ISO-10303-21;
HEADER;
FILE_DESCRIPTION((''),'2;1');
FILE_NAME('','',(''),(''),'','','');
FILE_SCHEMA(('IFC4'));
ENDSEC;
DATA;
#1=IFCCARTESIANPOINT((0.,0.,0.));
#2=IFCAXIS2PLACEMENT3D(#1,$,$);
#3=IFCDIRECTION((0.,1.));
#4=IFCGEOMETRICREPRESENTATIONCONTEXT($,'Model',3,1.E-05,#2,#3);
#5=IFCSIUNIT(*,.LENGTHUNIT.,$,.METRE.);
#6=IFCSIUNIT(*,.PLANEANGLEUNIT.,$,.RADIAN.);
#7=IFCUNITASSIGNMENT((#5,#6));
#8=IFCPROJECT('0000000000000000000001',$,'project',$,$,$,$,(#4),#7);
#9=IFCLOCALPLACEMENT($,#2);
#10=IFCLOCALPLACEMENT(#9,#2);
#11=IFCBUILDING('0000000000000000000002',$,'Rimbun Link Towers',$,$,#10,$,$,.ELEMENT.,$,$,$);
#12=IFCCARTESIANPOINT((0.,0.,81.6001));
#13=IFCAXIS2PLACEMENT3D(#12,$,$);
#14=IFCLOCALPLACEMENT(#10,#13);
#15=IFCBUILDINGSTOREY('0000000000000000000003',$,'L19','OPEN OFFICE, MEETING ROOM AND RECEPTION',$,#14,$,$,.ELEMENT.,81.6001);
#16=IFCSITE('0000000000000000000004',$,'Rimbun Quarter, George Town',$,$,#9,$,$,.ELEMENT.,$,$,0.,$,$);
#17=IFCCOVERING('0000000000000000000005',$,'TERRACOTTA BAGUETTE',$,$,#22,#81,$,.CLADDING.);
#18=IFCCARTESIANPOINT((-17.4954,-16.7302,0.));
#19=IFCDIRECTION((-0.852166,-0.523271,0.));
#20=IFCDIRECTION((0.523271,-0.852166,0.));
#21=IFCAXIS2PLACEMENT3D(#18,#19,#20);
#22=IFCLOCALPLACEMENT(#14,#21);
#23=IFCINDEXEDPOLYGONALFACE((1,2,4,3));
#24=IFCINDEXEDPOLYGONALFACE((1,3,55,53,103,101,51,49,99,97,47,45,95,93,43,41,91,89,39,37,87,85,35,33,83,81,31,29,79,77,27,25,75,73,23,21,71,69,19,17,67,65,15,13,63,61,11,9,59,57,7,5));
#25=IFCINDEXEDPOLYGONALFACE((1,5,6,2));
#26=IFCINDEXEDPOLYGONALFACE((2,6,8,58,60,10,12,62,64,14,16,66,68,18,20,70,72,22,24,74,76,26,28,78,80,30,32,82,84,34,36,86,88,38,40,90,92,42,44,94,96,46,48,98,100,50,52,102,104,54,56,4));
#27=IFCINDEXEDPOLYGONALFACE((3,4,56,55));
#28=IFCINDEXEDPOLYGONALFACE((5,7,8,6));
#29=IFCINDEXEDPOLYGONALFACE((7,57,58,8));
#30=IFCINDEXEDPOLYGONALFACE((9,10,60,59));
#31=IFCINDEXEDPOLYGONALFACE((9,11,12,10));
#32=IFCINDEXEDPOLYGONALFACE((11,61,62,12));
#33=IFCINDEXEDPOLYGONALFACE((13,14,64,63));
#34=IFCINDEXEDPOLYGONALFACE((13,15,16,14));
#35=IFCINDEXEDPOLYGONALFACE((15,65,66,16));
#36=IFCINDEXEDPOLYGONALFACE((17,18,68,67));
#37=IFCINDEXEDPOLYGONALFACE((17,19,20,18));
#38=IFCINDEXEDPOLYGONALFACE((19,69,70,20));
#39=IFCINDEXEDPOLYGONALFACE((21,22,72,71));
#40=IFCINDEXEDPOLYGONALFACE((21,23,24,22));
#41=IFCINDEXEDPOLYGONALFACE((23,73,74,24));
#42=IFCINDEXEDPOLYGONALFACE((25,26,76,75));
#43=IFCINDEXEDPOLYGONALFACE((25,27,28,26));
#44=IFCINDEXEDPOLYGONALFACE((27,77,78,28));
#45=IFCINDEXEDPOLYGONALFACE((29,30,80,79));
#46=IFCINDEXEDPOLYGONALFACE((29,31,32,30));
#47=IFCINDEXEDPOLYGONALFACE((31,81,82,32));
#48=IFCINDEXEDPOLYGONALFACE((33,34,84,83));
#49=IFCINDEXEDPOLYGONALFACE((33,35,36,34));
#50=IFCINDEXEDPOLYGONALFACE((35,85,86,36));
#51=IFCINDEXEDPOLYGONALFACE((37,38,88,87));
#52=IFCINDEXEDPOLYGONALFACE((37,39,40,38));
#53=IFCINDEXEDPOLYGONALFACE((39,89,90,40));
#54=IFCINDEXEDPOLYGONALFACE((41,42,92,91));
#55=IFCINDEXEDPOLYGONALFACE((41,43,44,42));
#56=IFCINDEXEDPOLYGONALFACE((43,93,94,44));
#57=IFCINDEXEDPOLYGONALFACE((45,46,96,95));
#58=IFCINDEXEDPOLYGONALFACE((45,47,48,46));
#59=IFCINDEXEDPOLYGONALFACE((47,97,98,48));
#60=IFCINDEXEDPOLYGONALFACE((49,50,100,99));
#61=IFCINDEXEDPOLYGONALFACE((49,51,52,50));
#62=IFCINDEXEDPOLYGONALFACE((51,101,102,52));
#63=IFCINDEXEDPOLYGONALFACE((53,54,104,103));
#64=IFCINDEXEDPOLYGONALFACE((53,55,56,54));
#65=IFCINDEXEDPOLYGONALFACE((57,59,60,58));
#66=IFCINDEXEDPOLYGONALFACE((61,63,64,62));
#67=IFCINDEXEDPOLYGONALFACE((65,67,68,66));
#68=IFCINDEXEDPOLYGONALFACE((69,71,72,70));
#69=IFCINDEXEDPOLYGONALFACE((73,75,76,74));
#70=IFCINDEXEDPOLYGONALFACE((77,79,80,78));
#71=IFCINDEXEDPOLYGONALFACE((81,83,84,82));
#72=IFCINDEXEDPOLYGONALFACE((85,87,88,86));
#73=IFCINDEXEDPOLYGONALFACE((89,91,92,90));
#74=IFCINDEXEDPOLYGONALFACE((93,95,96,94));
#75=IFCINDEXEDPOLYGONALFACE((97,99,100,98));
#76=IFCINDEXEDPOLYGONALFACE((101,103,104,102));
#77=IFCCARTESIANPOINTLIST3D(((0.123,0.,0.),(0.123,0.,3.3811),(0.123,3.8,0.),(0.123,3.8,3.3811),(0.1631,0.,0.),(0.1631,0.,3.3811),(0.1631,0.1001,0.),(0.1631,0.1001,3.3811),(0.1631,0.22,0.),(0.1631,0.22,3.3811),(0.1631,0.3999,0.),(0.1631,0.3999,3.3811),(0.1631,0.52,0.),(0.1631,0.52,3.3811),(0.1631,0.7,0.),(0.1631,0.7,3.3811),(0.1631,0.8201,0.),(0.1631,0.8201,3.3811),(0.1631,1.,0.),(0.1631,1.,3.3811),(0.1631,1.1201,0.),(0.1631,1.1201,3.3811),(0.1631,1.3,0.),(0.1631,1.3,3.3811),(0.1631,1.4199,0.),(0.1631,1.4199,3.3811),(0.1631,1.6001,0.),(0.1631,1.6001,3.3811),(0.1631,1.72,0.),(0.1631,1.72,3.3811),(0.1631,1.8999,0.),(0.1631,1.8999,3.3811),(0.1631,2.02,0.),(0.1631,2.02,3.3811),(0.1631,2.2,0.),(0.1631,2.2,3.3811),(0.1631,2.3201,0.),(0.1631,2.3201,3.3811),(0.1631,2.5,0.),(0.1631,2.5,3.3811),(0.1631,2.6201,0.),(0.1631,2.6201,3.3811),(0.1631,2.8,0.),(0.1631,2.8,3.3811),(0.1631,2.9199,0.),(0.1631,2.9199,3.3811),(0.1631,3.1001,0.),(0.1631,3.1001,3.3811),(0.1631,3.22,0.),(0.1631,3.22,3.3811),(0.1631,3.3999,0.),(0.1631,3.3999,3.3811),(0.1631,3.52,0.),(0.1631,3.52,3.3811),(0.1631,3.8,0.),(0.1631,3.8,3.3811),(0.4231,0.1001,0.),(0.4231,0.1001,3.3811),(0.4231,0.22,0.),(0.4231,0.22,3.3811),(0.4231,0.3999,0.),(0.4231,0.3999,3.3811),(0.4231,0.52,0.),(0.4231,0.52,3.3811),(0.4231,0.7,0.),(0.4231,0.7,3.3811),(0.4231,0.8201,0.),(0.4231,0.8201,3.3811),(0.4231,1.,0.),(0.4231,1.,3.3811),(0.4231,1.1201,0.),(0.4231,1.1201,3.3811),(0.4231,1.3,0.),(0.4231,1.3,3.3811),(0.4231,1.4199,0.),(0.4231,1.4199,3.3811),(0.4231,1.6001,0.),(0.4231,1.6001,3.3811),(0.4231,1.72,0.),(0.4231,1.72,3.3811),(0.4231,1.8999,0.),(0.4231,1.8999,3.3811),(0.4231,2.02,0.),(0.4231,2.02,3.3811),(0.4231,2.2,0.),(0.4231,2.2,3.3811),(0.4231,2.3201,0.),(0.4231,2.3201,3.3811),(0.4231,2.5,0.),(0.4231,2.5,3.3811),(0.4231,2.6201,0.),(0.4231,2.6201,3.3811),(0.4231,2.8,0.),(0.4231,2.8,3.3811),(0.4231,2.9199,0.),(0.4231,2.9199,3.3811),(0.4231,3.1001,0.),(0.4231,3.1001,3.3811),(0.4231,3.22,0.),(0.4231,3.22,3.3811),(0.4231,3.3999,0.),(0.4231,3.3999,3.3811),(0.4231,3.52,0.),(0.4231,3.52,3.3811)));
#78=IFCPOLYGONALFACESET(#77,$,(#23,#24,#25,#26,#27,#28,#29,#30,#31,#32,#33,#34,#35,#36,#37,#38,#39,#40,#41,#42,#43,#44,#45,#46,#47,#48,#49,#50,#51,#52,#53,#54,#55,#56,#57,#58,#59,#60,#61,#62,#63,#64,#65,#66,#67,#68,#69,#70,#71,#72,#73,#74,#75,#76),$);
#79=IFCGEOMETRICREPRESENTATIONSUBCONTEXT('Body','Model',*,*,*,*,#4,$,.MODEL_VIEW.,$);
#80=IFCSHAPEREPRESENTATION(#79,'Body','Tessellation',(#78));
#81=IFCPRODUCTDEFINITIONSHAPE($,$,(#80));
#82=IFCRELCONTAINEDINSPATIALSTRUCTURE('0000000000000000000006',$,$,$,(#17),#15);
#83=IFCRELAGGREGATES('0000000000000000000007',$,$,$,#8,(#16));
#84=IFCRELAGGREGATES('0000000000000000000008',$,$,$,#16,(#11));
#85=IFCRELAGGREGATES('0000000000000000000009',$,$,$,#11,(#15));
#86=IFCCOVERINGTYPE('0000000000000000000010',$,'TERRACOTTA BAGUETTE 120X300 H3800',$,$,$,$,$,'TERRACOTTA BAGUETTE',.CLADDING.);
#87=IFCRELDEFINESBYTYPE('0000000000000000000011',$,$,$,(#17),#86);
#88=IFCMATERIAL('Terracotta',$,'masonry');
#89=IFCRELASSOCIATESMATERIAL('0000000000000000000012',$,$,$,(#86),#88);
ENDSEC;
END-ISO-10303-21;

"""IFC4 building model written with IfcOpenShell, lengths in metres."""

from ifc_helpers import new_model, si_unit, direction, frame, origin, place, context, subcontext, project, spatial, polyline, outline, extrude, material, material_profile, profile_set, type_object, element, save


model = new_model("IFC4")

# Units and contexts
model_context = context("Model", 3, precision=1e-05, world=origin(), true_north=direction((0.0, 1.0)))
body_context = subcontext(model_context, "Body", "Model", "MODEL_VIEW")
ifc_project = project(units=[si_unit("LENGTHUNIT", "METRE"), si_unit("PLANEANGLEUNIT", "RADIAN")], contexts=[model_context])

# Site, building, storey
site_placement = place(None, origin())
site = spatial("IfcSite", under=ifc_project, at=site_placement, Name="Rimbun Quarter, George Town", CompositionType="ELEMENT", RefElevation=0.0)
building_placement = place(site_placement, origin())
building = spatial("IfcBuilding", under=site, at=building_placement, Name="Rimbun Link Towers", CompositionType="ELEMENT")
storey_placement = place(building_placement, frame((0.0, 0.0, 81.6001)))
storey = spatial("IfcBuildingStorey", under=building, at=storey_placement, Name="L19", Description="OPEN OFFICE, MEETING ROOM AND RECEPTION", CompositionType="ELEMENT", Elevation=81.6001)

# Covering
ifc_material_1 = material(Name="Terracotta", Category="masonry")
ifc_material_profile_1 = material_profile(ifc_material_1, outline(polyline([(0.123, 0.0), (0.1631, 0.0), (0.1631, 0.1001), (0.4231, 0.1001), (0.4231, 0.22), (0.1631, 0.22), (0.1631, 0.3999), (0.4231, 0.3999), (0.4231, 0.52), (0.1631, 0.52), (0.1631, 0.7), (0.4231, 0.7), (0.4231, 0.8201), (0.1631, 0.8201), (0.1631, 1.0), (0.4231, 1.0), (0.4231, 1.1201), (0.1631, 1.1201), (0.1631, 1.3), (0.4231, 1.3), (0.4231, 1.4199), (0.1631, 1.4199), (0.1631, 1.6001), (0.4231, 1.6001), (0.4231, 1.72), (0.1631, 1.72), (0.1631, 1.8999), (0.4231, 1.8999), (0.4231, 2.02), (0.1631, 2.02), (0.1631, 2.2), (0.4231, 2.2), (0.4231, 2.3201), (0.1631, 2.3201), (0.1631, 2.5), (0.4231, 2.5), (0.4231, 2.6201), (0.1631, 2.6201), (0.1631, 2.8), (0.4231, 2.8), (0.4231, 2.9199), (0.1631, 2.9199), (0.1631, 3.1001), (0.4231, 3.1001), (0.4231, 3.22), (0.1631, 3.22), (0.1631, 3.3999), (0.4231, 3.3999), (0.4231, 3.52), (0.1631, 3.52), (0.1631, 3.8), (0.123, 3.8), (0.123, 0.0)])), Name="BAGUETTE 120X300")
ifc_profile_set_1 = profile_set([ifc_material_profile_1], Name="Terracotta")
covering_type = type_object("IfcCoveringType", Name="TERRACOTTA BAGUETTE 120X300 H3800", ElementType="TERRACOTTA BAGUETTE", PredefinedType="CLADDING", material=ifc_profile_set_1)
covering_1_placement = place(storey_placement, frame((-17.4954, -16.7302, 0.0), z_axis=(-0.852166, -0.523271, 0.0), x_axis=(0.523271, -0.852166, 0.0)))
element("IfcCovering", 1, at=covering_1_placement, inside=storey, type_object=covering_type, Name="TERRACOTTA BAGUETTE", PredefinedType="CLADDING", context=body_context, shape_type="SweptSolid", body=[
    extrude(outline(polyline([(0.123, 0.0), (0.1631, 0.0), (0.1631, 0.1001), (0.4231, 0.1001), (0.4231, 0.22), (0.1631, 0.22), (0.1631, 0.3999), (0.4231, 0.3999), (0.4231, 0.52), (0.1631, 0.52), (0.1631, 0.7), (0.4231, 0.7), (0.4231, 0.8201), (0.1631, 0.8201), (0.1631, 1.0), (0.4231, 1.0), (0.4231, 1.1201), (0.1631, 1.1201), (0.1631, 1.3), (0.4231, 1.3), (0.4231, 1.4199), (0.1631, 1.4199), (0.1631, 1.6001), (0.4231, 1.6001), (0.4231, 1.72), (0.1631, 1.72), (0.1631, 1.8999), (0.4231, 1.8999), (0.4231, 2.02), (0.1631, 2.02), (0.1631, 2.2), (0.4231, 2.2), (0.4231, 2.3201), (0.1631, 2.3201), (0.1631, 2.5), (0.4231, 2.5), (0.4231, 2.6201), (0.1631, 2.6201), (0.1631, 2.8), (0.4231, 2.8), (0.4231, 2.9199), (0.1631, 2.9199), (0.1631, 3.1001), (0.4231, 3.1001), (0.4231, 3.22), (0.1631, 3.22), (0.1631, 3.3999), (0.4231, 3.3999), (0.4231, 3.52), (0.1631, 3.52), (0.1631, 3.8), (0.123, 3.8), (0.123, 0.0)])), origin(), (0.0, 0.0, 1.0), 3.3811),
])

save(model, "model.ifc")
